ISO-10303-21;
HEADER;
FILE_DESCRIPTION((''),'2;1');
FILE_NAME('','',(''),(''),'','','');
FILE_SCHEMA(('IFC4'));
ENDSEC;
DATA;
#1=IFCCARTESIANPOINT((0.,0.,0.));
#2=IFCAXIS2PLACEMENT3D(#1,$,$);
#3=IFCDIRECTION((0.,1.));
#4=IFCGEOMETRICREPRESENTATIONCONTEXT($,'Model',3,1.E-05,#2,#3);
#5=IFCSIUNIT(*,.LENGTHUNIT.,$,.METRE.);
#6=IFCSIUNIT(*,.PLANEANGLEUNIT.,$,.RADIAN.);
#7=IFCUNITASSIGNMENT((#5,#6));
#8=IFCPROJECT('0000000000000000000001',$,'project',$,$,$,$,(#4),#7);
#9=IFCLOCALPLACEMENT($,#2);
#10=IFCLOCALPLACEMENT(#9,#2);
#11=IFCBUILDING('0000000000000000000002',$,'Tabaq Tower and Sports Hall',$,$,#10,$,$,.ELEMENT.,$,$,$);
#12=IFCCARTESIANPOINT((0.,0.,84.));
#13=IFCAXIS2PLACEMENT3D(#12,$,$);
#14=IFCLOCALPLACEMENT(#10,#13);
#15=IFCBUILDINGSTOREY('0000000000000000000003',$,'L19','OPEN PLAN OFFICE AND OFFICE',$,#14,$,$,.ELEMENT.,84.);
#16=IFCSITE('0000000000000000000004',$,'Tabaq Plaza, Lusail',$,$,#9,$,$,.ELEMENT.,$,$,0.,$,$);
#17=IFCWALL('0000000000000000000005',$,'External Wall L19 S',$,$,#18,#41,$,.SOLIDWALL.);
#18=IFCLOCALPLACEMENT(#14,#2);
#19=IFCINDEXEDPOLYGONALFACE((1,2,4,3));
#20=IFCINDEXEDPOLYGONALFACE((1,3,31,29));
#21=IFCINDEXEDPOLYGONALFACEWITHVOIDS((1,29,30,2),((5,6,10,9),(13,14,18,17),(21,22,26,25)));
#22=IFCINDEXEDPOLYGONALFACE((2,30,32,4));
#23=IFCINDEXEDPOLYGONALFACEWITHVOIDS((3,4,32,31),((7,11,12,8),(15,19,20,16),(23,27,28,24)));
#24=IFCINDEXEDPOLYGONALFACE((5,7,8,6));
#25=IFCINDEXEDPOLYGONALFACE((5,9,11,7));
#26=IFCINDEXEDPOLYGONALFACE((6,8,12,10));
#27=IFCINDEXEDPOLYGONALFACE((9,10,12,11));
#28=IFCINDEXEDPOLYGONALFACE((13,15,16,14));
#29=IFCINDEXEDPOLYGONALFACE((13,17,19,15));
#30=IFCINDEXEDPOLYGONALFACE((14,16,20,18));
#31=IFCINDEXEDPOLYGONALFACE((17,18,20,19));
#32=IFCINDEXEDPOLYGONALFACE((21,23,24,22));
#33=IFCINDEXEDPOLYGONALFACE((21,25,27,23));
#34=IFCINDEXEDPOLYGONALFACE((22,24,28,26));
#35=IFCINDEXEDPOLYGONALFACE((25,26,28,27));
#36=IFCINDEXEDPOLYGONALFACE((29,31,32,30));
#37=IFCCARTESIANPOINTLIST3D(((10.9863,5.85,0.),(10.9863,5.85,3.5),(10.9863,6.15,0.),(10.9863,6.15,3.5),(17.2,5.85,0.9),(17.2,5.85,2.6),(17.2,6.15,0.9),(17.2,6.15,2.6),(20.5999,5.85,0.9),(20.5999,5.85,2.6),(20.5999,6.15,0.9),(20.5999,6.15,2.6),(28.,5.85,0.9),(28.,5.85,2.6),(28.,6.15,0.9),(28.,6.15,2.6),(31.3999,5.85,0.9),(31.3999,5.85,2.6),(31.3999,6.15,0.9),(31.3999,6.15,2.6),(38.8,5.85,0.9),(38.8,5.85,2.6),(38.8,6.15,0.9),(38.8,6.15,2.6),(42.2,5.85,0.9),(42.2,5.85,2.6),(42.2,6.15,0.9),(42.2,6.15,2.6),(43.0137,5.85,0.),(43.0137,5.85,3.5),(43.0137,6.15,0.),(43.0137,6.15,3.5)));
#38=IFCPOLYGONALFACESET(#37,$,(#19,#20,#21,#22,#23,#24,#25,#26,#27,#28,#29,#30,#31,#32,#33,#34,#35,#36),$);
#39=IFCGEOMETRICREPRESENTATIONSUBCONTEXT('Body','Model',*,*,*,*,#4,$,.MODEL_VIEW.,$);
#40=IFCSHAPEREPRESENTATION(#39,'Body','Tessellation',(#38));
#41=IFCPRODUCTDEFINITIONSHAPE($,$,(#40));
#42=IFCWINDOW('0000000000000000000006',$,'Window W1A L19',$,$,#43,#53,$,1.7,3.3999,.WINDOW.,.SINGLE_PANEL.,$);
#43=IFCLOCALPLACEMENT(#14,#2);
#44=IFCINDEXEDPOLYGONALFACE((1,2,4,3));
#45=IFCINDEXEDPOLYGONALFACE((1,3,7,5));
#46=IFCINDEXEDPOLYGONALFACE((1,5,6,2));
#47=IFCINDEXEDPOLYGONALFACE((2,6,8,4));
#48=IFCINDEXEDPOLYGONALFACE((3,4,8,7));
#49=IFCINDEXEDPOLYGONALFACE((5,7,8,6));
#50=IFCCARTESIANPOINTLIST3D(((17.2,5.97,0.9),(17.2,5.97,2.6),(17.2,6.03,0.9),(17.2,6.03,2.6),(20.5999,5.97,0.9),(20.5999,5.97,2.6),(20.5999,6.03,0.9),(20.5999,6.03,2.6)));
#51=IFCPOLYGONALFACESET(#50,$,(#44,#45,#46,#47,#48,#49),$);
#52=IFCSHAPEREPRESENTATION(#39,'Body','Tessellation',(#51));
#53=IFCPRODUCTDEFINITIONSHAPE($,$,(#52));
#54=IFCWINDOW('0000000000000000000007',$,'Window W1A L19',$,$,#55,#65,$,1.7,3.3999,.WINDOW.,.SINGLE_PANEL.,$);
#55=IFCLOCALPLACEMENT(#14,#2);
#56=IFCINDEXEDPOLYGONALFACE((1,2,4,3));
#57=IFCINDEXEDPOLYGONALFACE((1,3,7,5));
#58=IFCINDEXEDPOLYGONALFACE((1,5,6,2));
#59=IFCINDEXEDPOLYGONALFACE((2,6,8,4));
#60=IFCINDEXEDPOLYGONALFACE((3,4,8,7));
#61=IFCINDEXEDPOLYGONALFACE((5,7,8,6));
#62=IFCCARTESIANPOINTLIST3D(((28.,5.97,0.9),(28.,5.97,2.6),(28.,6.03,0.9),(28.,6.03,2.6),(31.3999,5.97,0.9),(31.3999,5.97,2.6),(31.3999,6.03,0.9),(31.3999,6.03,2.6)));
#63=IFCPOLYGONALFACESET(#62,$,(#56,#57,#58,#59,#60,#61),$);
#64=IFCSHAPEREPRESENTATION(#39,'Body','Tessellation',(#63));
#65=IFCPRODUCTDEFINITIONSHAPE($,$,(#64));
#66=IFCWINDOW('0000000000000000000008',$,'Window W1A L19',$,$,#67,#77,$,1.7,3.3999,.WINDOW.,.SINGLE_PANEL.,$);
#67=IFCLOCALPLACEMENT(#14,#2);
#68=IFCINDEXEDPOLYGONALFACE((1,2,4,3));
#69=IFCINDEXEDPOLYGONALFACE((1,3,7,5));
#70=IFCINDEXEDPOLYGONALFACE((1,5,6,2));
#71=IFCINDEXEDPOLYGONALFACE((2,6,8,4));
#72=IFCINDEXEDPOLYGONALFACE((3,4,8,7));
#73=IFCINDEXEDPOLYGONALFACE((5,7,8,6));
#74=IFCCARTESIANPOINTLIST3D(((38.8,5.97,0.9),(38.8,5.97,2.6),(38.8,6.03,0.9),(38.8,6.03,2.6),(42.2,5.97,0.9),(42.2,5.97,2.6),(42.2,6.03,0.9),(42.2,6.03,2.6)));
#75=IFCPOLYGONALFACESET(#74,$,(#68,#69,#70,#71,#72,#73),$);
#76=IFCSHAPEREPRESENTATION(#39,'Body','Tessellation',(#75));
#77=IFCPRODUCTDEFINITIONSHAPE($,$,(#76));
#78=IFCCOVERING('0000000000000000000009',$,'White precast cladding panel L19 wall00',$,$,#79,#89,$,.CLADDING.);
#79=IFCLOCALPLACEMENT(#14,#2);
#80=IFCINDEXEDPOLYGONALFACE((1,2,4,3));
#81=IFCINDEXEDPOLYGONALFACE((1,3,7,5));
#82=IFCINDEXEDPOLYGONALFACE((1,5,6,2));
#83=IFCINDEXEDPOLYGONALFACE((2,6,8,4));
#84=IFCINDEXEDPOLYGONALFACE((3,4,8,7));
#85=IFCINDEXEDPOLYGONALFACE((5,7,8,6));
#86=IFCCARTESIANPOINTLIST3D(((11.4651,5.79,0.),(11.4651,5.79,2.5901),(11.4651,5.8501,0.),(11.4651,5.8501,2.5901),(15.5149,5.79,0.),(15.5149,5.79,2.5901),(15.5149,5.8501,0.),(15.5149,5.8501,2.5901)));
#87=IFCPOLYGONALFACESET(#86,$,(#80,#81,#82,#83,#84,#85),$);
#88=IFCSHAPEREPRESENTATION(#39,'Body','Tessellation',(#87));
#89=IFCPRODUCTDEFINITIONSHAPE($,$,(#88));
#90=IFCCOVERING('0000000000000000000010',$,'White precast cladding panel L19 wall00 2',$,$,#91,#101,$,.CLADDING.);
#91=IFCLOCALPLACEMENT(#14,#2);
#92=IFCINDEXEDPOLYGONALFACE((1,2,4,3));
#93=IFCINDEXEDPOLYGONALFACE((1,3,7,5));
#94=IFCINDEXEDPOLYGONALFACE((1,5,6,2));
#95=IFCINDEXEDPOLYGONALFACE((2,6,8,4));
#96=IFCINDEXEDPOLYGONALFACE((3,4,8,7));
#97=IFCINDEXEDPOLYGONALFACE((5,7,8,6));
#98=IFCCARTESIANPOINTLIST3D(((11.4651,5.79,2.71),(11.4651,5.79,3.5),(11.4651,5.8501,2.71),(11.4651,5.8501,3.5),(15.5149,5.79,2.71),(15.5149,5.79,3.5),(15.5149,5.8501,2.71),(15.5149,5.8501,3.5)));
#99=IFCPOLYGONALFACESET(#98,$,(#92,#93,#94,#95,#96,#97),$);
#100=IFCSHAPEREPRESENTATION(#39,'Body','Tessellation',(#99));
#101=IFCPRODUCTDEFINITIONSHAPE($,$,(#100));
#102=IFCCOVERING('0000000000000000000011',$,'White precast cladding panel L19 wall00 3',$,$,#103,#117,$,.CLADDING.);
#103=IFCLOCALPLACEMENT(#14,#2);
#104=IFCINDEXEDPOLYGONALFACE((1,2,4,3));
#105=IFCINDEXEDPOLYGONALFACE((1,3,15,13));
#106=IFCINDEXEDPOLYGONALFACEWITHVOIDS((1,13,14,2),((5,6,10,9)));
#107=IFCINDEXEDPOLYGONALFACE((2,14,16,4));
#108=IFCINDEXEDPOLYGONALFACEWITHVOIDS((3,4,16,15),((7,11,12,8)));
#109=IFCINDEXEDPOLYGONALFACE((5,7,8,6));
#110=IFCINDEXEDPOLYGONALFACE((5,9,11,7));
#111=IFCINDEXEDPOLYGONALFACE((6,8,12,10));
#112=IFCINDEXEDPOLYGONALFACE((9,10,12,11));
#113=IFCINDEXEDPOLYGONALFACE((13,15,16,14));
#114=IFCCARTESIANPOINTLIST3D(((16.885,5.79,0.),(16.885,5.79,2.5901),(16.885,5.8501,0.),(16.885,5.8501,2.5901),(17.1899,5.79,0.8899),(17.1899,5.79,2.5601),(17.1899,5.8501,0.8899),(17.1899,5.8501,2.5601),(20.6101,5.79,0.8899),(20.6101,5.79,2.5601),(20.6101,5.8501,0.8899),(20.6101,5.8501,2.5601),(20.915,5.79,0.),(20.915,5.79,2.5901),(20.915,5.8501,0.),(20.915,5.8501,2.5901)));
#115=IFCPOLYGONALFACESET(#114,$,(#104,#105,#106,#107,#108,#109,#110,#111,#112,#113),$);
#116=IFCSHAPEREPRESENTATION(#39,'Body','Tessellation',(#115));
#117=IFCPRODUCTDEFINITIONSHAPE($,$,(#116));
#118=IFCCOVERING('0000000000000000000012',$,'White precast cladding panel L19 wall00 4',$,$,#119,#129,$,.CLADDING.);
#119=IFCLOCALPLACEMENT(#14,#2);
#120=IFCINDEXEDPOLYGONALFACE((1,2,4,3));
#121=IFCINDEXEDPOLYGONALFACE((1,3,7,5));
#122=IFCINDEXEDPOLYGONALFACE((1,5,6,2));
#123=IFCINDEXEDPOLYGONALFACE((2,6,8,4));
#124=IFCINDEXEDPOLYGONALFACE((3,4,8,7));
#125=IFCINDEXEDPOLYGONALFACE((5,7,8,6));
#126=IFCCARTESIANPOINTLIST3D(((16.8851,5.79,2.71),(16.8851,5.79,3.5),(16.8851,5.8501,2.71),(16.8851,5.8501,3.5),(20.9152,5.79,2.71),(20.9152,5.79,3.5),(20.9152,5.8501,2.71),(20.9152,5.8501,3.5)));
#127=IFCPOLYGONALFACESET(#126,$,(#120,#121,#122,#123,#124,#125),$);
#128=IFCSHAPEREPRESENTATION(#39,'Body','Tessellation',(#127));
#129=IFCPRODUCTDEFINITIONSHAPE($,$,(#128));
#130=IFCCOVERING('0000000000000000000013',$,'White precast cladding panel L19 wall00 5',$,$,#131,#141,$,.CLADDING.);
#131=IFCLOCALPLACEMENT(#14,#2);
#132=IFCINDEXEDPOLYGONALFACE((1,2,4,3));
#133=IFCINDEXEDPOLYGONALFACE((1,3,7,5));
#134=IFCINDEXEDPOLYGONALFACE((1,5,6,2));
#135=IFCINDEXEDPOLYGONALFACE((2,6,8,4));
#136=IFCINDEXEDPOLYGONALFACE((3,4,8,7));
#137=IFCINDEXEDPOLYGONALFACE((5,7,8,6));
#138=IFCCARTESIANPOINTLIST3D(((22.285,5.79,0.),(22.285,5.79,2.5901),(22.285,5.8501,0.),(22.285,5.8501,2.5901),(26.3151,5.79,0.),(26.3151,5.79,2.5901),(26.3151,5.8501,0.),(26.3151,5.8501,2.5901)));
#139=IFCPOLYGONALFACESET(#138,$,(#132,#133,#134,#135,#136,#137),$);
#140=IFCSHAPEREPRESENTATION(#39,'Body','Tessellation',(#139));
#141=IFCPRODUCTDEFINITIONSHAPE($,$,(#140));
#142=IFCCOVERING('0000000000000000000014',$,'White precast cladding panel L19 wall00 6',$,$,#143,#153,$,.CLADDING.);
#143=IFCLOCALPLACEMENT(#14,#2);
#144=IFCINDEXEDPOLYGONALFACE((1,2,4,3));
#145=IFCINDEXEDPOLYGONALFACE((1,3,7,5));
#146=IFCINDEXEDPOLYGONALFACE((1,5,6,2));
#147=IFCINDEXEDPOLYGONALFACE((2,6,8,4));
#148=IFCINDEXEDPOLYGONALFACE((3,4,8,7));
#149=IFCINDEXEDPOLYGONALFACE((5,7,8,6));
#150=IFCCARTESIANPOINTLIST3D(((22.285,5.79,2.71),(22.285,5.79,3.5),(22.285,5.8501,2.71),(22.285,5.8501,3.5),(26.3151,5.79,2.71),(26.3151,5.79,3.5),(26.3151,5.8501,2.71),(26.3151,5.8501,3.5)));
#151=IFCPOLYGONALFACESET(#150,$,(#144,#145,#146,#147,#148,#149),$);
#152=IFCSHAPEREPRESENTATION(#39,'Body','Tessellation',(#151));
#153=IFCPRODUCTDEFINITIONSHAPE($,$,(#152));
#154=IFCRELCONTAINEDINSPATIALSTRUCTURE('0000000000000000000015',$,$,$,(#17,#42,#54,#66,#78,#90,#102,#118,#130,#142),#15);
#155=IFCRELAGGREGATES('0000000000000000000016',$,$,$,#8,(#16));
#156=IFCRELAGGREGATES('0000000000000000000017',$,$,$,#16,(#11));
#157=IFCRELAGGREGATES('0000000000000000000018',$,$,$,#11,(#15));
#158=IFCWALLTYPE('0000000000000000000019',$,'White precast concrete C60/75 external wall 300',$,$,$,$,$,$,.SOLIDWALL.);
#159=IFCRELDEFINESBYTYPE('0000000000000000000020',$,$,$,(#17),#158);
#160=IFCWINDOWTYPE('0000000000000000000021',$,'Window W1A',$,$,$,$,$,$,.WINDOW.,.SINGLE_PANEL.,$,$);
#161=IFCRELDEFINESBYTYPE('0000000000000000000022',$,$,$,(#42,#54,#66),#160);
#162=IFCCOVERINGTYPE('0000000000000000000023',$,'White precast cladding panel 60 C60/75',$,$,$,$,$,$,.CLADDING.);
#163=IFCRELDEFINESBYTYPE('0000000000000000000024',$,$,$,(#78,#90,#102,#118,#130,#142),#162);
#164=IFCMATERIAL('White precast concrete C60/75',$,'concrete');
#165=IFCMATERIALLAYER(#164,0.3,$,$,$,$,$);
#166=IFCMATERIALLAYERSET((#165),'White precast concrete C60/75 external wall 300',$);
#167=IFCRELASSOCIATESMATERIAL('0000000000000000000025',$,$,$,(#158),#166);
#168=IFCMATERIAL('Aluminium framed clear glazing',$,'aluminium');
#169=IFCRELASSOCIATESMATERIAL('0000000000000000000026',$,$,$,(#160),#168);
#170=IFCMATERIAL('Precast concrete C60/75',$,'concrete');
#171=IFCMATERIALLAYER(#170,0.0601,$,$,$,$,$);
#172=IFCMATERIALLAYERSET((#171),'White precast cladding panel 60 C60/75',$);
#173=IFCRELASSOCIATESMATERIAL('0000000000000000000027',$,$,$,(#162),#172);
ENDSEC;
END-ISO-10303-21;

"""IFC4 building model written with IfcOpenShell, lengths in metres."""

from ifc_helpers import new_model, si_unit, direction, frame, frame_2d, origin, place, context, subcontext, project, spatial, polyline, rectangle, outline, extrude, material, layer, layer_set, type_object, element, fill, save


model = new_model("IFC4")

# Units and contexts
model_context = context("Model", 3, precision=1e-05, world=origin(), true_north=direction((0.0, 1.0)))
body_context = subcontext(model_context, "Body", "Model", "MODEL_VIEW")
ifc_project = project(units=[si_unit("LENGTHUNIT", "METRE"), si_unit("PLANEANGLEUNIT", "RADIAN")], contexts=[model_context])

# Site, building, storey
site_placement = place(None, origin())
site = spatial("IfcSite", under=ifc_project, at=site_placement, Name="Tabaq Plaza, Lusail", CompositionType="ELEMENT", RefElevation=0.0)
building_placement = place(site_placement, origin())
building = spatial("IfcBuilding", under=site, at=building_placement, Name="Tabaq Tower and Sports Hall", CompositionType="ELEMENT")
storey_placement = place(building_placement, frame((0.0, 0.0, 84.0)))
storey = spatial("IfcBuildingStorey", under=building, at=storey_placement, Name="L19", Description="OPEN PLAN OFFICE AND OFFICE", CompositionType="ELEMENT", Elevation=84.0)

# Wall, openings, windows
ifc_material_1 = material(Name="White precast concrete C60/75", Category="concrete")
ifc_layer_1 = layer(ifc_material_1, 0.3)
ifc_layer_set_1 = layer_set([ifc_layer_1], Name="White precast concrete C60/75 external wall 300")
wall_type_1 = type_object("IfcWallType", Name="White precast concrete C60/75 external wall 300", PredefinedType="SOLIDWALL", material=ifc_layer_set_1)
wall_1_placement = place(storey_placement, frame((10.9863, 6.0, 0.0), z_axis=(0.0, 0.0, 1.0), x_axis=(1.0, 0.0, 0.0)))
wall_1 = element("IfcWall", 1, at=wall_1_placement, inside=storey, type_object=wall_type_1, Name="External Wall L19 S", PredefinedType="SOLIDWALL", context=body_context, shape_type="SweptSolid", body=[
    extrude(rectangle(XDim=32.0273, YDim=0.3, at=frame_2d((16.0137, 0.0))), origin(), (0.0, 0.0, 1.0), 3.5),
])
opening_1_placement = place(wall_1_placement, frame((6.2136, 0.0, 0.8999)))
opening_1 = element("IfcOpeningElement", 2, at=opening_1_placement, cuts=wall_1, PredefinedType="OPENING", context=body_context, shape_type="SweptSolid", body=[
    extrude(rectangle(XDim=3.3999, YDim=1.7, at=frame_2d((1.7, 0.8501))), frame((0.0, 0.1602, 0.0), z_axis=(0.0, -1.0, 0.0), x_axis=(1.0, 0.0, 0.0)), (0.0, 0.0, 1.0), 0.3201),
])
opening_2_placement = place(wall_1_placement, frame((17.0137, 0.0, 0.8999)))
opening_2 = element("IfcOpeningElement", 3, at=opening_2_placement, cuts=wall_1, PredefinedType="OPENING", context=body_context, shape_type="SweptSolid", body=[
    extrude(rectangle(XDim=3.3999, YDim=1.7, at=frame_2d((1.7, 0.8501))), frame((0.0, 0.1602, 0.0), z_axis=(0.0, -1.0, 0.0), x_axis=(1.0, 0.0, 0.0)), (0.0, 0.0, 1.0), 0.3201),
])
opening_3_placement = place(wall_1_placement, frame((27.8137, 0.0, 0.8999)))
opening_3 = element("IfcOpeningElement", 4, at=opening_3_placement, cuts=wall_1, PredefinedType="OPENING", context=body_context, shape_type="SweptSolid", body=[
    extrude(rectangle(XDim=3.3999, YDim=1.7, at=frame_2d((1.7, 0.8501))), frame((0.0, 0.1602, 0.0), z_axis=(0.0, -1.0, 0.0), x_axis=(1.0, 0.0, 0.0)), (0.0, 0.0, 1.0), 0.3201),
])
ifc_material_2 = material(Name="Aluminium framed clear glazing", Category="aluminium")
window_type = type_object("IfcWindowType", Name="Window W1A", PartitioningType="SINGLE_PANEL", PredefinedType="WINDOW", material=ifc_material_2)
window_1_placement = place(opening_1_placement, origin())
window_1 = element("IfcWindow", 5, at=window_1_placement, inside=storey, type_object=window_type, Name="Window W1A L19", OverallHeight=1.7, OverallWidth=3.3999, PartitioningType="SINGLE_PANEL", PredefinedType="WINDOW", context=body_context, shape_type="SweptSolid", body=[
    extrude(rectangle(XDim=3.3999, YDim=1.7, at=frame_2d((1.7, 0.8501))), frame((0.0, 0.03, 0.0), z_axis=(0.0, -1.0, 0.0), x_axis=(1.0, 0.0, 0.0)), (0.0, 0.0, 1.0), 0.0601),
])
fill(opening_1, window_1)
window_2_placement = place(opening_2_placement, origin())
window_2 = element("IfcWindow", 6, at=window_2_placement, inside=storey, type_object=window_type, Name="Window W1A L19", OverallHeight=1.7, OverallWidth=3.3999, PartitioningType="SINGLE_PANEL", PredefinedType="WINDOW", context=body_context, shape_type="SweptSolid", body=[
    extrude(rectangle(XDim=3.3999, YDim=1.7, at=frame_2d((1.7, 0.8501))), frame((0.0, 0.03, 0.0), z_axis=(0.0, -1.0, 0.0), x_axis=(1.0, 0.0, 0.0)), (0.0, 0.0, 1.0), 0.0601),
])
fill(opening_2, window_2)
window_3_placement = place(opening_3_placement, origin())
window_3 = element("IfcWindow", 7, at=window_3_placement, inside=storey, type_object=window_type, Name="Window W1A L19", OverallHeight=1.7, OverallWidth=3.3999, PartitioningType="SINGLE_PANEL", PredefinedType="WINDOW", context=body_context, shape_type="SweptSolid", body=[
    extrude(rectangle(XDim=3.3999, YDim=1.7, at=frame_2d((1.7, 0.8501))), frame((0.0, 0.03, 0.0), z_axis=(0.0, -1.0, 0.0), x_axis=(1.0, 0.0, 0.0)), (0.0, 0.0, 1.0), 0.0601),
])
fill(opening_3, window_3)

# Coverings
ifc_material_3 = material(Name="Precast concrete C60/75", Category="concrete")
ifc_layer_2 = layer(ifc_material_3, 0.0601)
ifc_layer_set_2 = layer_set([ifc_layer_2], Name="White precast cladding panel 60 C60/75")
covering_type = type_object("IfcCoveringType", Name="White precast cladding panel 60 C60/75", PredefinedType="CLADDING", material=ifc_layer_set_2)
covering_1_placement = place(storey_placement, frame((11.4651, 5.8201, 0.0), z_axis=(0.0, 0.0, 1.0), x_axis=(1.0, 0.0, 0.0)))
element("IfcCovering", 8, at=covering_1_placement, inside=storey, type_object=covering_type, Name="White precast cladding panel L19 wall00", PredefinedType="CLADDING", context=body_context, shape_type="SweptSolid", body=[
    extrude(rectangle(XDim=4.0498, YDim=0.0601, at=frame_2d((2.0249, 0.0))), origin(), (0.0, 0.0, 1.0), 2.5901),
])
covering_2_placement = place(storey_placement, frame((11.4651, 5.8201, 2.71), z_axis=(0.0, 0.0, 1.0), x_axis=(1.0, 0.0, 0.0)))
element("IfcCovering", 9, at=covering_2_placement, inside=storey, type_object=covering_type, Name="White precast cladding panel L19 wall00 2", PredefinedType="CLADDING", context=body_context, shape_type="SweptSolid", body=[
    extrude(rectangle(XDim=4.0498, YDim=0.0601, at=frame_2d((2.0249, 0.0))), origin(), (0.0, 0.0, 1.0), 0.79),
])
covering_3_placement = place(storey_placement, frame((16.885, 5.8201, 0.0), z_axis=(0.0, 0.0, 1.0), x_axis=(1.0, 0.0, 0.0)))
element("IfcCovering", 10, at=covering_3_placement, inside=storey, type_object=covering_type, Name="White precast cladding panel L19 wall00 3", PredefinedType="CLADDING", context=body_context, shape_type="SweptSolid", body=[
    extrude(outline(polyline([(0.0, 0.0), (4.03, 0.0), (4.03, 2.5901), (0.0, 2.5901), (0.0, 0.0)]), holes=[polyline([(3.7251, 0.8899), (0.3049, 0.8899), (0.3049, 2.5601), (3.7251, 2.5601), (3.7251, 0.8899)])]), frame((0.0, 0.03, 0.0), z_axis=(0.0, -1.0, 0.0), x_axis=(1.0, 0.0, 0.0)), (0.0, 0.0, 1.0), 0.0601),
])
covering_4_placement = place(storey_placement, frame((16.885, 5.8201, 2.71), z_axis=(0.0, 0.0, 1.0), x_axis=(1.0, 0.0, 0.0)))
element("IfcCovering", 11, at=covering_4_placement, inside=storey, type_object=covering_type, Name="White precast cladding panel L19 wall00 4", PredefinedType="CLADDING", context=body_context, shape_type="SweptSolid", body=[
    extrude(rectangle(XDim=4.03, YDim=0.0601, at=frame_2d((2.0151, 0.0))), origin(), (0.0, 0.0, 1.0), 0.79),
])
covering_5_placement = place(storey_placement, frame((22.2849, 5.8201, 0.0), z_axis=(0.0, 0.0, 1.0), x_axis=(1.0, 0.0, 0.0)))
element("IfcCovering", 12, at=covering_5_placement, inside=storey, type_object=covering_type, Name="White precast cladding panel L19 wall00 5", PredefinedType="CLADDING", context=body_context, shape_type="SweptSolid", body=[
    extrude(rectangle(XDim=4.03, YDim=0.0601, at=frame_2d((2.0151, 0.0))), origin(), (0.0, 0.0, 1.0), 2.5901),
])
covering_6_placement = place(storey_placement, frame((22.2849, 5.8201, 2.71), z_axis=(0.0, 0.0, 1.0), x_axis=(1.0, 0.0, 0.0)))
element("IfcCovering", 13, at=covering_6_placement, inside=storey, type_object=covering_type, Name="White precast cladding panel L19 wall00 6", PredefinedType="CLADDING", context=body_context, shape_type="SweptSolid", body=[
    extrude(rectangle(XDim=4.03, YDim=0.0601, at=frame_2d((2.0151, 0.0))), origin(), (0.0, 0.0, 1.0), 0.79),
])

save(model, "model.ifc")
